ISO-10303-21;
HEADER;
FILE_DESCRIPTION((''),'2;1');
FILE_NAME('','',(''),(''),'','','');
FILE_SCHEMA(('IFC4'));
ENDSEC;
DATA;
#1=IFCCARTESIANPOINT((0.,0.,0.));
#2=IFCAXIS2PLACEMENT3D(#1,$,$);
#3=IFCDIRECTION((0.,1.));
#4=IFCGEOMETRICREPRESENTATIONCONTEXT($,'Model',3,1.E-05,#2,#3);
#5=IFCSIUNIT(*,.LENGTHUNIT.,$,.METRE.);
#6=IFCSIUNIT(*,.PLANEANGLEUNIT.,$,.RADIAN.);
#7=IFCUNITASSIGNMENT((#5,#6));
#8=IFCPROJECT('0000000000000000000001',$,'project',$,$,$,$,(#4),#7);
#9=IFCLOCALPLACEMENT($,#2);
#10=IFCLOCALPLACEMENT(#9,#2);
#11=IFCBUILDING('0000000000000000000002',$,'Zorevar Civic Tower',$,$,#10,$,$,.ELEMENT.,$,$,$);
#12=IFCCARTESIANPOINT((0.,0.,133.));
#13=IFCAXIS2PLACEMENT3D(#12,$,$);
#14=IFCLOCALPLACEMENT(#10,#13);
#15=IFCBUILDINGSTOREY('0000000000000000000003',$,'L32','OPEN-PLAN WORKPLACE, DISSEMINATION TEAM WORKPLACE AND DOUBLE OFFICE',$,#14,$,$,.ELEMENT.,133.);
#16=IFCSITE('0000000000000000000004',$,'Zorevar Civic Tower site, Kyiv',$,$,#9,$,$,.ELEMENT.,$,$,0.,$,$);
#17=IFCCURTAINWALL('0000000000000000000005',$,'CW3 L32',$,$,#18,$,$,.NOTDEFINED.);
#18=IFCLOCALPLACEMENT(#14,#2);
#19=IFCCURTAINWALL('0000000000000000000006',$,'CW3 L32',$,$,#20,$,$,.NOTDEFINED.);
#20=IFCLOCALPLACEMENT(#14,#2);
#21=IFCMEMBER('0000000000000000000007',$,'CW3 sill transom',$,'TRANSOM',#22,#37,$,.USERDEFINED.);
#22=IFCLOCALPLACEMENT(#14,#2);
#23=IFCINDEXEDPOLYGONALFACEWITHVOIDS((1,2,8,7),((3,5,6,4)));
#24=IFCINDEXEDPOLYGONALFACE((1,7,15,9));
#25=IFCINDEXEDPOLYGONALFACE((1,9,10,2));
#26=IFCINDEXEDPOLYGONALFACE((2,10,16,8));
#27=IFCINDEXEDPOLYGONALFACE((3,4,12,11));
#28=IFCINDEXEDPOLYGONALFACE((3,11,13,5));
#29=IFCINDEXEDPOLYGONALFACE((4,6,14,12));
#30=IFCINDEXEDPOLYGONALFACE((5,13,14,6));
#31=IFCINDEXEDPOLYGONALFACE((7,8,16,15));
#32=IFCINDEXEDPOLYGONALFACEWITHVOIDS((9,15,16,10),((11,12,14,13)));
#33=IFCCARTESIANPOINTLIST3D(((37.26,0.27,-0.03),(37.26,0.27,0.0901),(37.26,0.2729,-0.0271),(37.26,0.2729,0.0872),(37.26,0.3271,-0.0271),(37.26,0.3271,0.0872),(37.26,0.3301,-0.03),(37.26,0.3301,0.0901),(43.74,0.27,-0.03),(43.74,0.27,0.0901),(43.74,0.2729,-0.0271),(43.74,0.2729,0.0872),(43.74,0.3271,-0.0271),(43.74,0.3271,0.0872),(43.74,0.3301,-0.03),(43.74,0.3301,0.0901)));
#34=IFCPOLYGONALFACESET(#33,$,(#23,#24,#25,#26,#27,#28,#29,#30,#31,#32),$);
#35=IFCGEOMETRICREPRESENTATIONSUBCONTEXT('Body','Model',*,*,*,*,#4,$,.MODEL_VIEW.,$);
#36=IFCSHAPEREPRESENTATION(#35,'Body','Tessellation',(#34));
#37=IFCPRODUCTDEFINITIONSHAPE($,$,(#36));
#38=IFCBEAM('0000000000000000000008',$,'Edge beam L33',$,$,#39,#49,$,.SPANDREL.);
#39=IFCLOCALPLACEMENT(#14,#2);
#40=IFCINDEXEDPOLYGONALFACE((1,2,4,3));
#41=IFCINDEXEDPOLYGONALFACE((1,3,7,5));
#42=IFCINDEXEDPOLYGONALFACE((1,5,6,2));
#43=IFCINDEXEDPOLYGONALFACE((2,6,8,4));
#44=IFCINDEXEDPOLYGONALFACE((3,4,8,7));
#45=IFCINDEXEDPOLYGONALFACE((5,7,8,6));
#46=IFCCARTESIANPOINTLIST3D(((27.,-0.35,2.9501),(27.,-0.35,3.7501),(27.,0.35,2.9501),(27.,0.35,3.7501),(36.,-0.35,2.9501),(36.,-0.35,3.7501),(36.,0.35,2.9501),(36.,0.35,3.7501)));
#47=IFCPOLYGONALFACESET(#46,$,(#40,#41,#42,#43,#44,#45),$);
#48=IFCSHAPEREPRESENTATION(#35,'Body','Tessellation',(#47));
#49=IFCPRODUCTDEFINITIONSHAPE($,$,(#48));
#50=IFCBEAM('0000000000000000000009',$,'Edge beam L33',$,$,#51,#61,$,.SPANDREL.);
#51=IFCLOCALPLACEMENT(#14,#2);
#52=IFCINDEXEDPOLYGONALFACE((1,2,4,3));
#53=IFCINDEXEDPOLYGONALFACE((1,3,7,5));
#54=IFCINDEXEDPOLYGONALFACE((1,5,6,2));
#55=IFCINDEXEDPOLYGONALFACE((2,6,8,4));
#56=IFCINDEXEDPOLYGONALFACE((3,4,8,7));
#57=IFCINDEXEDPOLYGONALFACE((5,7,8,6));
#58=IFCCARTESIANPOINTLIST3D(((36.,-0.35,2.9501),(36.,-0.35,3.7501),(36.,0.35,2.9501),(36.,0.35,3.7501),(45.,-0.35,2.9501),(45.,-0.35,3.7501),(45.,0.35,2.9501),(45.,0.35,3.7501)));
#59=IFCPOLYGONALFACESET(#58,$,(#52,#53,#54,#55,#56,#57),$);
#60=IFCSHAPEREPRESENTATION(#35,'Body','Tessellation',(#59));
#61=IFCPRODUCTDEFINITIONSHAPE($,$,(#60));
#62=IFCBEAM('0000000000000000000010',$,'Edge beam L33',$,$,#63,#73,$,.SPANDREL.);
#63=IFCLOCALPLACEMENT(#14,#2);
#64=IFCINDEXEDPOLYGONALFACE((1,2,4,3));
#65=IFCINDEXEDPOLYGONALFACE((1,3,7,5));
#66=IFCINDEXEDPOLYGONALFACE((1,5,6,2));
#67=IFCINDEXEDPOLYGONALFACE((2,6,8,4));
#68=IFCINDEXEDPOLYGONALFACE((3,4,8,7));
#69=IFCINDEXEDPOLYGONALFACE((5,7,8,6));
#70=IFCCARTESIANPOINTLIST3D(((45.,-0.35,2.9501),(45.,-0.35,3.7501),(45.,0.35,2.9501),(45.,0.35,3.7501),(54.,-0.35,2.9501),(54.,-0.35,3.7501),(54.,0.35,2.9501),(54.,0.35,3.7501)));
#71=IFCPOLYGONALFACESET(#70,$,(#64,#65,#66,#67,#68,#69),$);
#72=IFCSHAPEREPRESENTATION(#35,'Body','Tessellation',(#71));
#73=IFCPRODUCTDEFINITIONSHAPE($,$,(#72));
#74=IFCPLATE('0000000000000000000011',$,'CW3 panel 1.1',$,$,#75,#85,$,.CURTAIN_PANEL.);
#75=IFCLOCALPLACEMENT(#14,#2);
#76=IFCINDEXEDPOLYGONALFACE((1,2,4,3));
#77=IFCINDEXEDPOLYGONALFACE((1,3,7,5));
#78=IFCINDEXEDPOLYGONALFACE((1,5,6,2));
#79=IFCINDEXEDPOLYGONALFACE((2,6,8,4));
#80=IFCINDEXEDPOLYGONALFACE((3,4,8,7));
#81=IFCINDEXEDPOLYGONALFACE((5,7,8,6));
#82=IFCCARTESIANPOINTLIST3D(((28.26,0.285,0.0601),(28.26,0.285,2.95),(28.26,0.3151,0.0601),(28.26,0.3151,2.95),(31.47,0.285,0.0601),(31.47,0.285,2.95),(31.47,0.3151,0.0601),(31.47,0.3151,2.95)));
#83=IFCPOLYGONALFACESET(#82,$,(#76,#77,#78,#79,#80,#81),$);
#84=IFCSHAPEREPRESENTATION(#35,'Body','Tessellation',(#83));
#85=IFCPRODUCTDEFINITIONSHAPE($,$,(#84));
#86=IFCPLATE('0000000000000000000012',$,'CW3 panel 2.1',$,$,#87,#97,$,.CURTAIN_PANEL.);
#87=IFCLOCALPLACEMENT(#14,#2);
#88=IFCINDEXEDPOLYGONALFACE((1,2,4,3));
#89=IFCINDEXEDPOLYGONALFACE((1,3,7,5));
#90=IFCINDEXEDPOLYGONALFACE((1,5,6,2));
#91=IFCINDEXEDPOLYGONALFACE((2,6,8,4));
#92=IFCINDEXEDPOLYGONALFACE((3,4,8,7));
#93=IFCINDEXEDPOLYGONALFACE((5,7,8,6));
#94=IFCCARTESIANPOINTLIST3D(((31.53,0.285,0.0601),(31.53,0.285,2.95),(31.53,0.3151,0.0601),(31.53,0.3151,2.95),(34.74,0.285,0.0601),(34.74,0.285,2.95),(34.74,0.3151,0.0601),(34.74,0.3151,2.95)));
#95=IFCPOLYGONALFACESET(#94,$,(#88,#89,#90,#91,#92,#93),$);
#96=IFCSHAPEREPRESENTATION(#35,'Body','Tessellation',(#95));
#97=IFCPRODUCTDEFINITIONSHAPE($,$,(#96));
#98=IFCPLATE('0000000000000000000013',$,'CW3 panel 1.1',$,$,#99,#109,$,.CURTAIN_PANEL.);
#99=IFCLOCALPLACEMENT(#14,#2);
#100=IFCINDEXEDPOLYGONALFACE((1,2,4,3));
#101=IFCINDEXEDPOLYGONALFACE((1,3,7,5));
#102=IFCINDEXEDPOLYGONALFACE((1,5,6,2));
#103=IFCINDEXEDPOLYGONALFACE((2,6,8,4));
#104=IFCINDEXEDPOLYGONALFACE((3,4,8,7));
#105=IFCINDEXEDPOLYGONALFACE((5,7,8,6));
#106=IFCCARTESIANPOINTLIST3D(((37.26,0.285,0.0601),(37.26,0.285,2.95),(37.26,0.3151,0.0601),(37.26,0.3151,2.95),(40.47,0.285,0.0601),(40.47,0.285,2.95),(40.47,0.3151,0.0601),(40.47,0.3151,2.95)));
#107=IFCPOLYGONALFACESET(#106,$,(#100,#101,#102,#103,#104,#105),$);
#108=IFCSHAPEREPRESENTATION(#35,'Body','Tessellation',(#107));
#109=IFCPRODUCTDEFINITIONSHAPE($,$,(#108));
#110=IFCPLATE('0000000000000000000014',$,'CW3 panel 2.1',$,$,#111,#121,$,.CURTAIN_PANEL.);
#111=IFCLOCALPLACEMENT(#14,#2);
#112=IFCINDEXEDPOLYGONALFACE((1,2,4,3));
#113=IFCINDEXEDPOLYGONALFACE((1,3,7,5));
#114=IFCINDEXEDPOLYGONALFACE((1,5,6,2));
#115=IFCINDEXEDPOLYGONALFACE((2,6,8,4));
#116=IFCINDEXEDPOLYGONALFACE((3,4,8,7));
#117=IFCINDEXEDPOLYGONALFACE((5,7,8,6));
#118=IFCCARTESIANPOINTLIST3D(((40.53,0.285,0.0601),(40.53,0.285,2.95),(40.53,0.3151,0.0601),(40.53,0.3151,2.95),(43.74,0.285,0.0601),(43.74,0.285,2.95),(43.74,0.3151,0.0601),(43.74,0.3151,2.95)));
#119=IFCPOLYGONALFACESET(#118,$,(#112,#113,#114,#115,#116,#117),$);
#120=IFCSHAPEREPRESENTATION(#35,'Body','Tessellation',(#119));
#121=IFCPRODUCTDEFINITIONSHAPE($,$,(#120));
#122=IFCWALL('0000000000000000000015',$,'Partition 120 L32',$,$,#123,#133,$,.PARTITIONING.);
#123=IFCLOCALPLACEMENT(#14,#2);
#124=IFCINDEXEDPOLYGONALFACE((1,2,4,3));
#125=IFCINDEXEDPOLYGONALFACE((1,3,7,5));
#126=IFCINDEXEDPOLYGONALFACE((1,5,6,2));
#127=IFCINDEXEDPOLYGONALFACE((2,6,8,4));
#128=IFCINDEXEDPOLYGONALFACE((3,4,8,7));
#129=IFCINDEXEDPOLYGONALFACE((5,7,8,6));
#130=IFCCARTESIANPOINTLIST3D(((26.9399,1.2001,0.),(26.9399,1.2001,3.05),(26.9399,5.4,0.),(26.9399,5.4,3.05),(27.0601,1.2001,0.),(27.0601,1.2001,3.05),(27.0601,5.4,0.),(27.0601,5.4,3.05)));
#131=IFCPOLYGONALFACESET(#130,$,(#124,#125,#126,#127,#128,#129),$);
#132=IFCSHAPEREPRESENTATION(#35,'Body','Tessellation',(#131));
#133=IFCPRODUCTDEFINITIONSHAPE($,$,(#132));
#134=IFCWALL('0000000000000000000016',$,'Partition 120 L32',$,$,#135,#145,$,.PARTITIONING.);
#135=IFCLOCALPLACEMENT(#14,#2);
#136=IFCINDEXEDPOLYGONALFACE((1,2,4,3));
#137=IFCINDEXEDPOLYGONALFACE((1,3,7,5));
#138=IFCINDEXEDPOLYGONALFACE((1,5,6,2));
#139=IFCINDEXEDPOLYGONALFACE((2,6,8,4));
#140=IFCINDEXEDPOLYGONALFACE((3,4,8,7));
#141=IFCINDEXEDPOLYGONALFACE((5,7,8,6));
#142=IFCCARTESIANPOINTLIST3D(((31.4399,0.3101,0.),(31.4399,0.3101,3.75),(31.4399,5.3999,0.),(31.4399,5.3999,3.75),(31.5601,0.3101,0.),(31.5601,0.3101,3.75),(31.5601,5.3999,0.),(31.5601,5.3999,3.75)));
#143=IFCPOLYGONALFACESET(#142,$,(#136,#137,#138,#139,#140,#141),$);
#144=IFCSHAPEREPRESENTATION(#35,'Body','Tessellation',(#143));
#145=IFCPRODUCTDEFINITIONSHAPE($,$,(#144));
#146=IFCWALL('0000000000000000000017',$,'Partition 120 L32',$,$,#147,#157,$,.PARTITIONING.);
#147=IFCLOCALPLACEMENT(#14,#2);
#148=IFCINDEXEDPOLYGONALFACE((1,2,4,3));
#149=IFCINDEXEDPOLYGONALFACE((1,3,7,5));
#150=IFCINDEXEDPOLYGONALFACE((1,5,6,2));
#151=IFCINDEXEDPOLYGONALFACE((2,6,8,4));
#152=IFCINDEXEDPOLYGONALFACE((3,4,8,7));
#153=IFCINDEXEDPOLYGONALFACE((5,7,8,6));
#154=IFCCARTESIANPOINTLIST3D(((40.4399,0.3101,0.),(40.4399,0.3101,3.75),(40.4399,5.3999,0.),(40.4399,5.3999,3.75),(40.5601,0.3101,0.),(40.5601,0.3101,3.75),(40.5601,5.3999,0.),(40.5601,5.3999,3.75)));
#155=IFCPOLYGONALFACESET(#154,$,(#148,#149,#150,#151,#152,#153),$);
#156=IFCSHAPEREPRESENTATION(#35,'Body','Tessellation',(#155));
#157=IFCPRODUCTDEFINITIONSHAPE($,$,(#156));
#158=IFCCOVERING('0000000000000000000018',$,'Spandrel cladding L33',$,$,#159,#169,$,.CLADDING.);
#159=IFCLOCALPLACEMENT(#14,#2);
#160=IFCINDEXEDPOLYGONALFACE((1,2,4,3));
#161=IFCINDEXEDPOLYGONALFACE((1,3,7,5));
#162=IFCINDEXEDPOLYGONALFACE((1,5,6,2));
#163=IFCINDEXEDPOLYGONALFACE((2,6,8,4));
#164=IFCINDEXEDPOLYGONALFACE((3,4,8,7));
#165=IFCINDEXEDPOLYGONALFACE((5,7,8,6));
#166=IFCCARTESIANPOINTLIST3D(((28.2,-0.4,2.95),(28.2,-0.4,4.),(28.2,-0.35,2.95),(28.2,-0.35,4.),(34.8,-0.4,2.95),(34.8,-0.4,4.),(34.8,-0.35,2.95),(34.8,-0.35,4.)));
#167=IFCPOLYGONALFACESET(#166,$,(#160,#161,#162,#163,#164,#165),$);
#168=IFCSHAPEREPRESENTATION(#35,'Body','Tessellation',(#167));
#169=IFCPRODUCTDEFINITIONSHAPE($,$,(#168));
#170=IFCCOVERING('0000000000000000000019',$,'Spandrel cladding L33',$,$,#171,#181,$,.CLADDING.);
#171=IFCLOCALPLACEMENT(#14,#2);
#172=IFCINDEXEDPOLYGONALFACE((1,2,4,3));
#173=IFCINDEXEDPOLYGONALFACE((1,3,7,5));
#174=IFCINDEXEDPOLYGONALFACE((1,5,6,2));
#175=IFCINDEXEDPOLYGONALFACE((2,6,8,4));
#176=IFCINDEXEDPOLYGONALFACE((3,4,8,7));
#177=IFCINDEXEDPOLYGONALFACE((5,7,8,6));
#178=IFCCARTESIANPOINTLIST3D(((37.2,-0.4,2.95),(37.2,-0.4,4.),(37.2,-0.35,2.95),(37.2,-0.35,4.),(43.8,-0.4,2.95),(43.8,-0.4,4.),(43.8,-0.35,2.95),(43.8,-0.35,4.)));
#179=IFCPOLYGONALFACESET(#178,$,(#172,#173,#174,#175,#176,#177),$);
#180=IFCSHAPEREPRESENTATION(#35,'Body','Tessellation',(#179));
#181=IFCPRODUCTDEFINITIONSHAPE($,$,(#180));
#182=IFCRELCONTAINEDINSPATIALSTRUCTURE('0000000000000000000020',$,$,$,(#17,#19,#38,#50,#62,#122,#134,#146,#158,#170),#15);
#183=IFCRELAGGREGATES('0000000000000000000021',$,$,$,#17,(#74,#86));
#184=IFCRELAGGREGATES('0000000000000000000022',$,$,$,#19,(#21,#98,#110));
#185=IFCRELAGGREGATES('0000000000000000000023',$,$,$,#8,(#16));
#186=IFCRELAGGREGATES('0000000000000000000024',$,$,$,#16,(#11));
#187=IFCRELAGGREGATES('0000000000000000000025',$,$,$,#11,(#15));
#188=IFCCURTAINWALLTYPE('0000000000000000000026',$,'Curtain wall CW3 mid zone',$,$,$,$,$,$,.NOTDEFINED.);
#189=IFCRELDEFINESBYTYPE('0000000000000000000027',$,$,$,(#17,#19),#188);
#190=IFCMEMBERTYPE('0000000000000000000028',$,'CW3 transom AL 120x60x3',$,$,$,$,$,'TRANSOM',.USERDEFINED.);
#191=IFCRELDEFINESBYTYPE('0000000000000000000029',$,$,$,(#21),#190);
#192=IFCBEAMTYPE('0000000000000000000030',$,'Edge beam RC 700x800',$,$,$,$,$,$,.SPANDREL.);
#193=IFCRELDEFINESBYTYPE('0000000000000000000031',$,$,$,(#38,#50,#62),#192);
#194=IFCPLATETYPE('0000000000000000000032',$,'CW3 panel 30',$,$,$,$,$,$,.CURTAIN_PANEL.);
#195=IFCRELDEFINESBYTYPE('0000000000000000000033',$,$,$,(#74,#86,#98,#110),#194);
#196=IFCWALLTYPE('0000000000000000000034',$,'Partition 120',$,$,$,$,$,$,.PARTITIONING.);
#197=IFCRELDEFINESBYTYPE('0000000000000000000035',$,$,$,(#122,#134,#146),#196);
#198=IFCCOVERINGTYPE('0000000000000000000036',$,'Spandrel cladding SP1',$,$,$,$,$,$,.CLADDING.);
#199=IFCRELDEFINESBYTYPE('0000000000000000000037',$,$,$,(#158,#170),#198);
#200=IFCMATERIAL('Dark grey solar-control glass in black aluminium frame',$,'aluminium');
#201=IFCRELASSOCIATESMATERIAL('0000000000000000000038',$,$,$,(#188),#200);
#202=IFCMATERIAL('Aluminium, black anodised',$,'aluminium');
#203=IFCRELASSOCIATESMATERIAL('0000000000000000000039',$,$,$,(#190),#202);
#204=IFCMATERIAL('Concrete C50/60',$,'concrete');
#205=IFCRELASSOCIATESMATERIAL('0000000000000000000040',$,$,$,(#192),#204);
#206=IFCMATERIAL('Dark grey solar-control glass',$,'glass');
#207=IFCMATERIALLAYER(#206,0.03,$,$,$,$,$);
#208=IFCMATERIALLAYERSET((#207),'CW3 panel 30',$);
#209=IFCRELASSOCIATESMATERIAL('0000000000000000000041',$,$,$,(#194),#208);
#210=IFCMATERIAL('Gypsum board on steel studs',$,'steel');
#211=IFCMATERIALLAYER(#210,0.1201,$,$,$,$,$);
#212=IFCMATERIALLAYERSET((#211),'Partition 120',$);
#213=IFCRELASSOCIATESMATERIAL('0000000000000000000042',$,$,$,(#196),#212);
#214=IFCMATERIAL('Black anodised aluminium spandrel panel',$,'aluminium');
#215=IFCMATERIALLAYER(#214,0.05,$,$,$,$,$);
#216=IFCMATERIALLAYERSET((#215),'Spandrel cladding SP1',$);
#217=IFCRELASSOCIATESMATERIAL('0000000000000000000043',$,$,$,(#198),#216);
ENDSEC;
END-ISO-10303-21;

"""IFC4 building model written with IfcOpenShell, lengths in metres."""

from ifc_helpers import new_model, si_unit, direction, frame, frame_2d, origin, origin_2d, place, context, subcontext, project, spatial, rectangle, hollow_rectangle, extrude, material, layer, layer_set, material_profile, profile_set, type_object, element, aggregate, save


model = new_model("IFC4")

# Units and contexts
model_context = context("Model", 3, precision=1e-05, world=origin(), true_north=direction((0.0, 1.0)))
body_context = subcontext(model_context, "Body", "Model", "MODEL_VIEW")
ifc_project = project(units=[si_unit("LENGTHUNIT", "METRE"), si_unit("PLANEANGLEUNIT", "RADIAN")], contexts=[model_context])

# Site, building, storey
site_placement = place(None, origin())
site = spatial("IfcSite", under=ifc_project, at=site_placement, Name="Zorevar Civic Tower site, Kyiv", CompositionType="ELEMENT", RefElevation=0.0)
building_placement = place(site_placement, origin())
building = spatial("IfcBuilding", under=site, at=building_placement, Name="Zorevar Civic Tower", CompositionType="ELEMENT")
storey_placement = place(building_placement, frame((0.0, 0.0, 133.0)))
storey = spatial("IfcBuildingStorey", under=building, at=storey_placement, Name="L32", Description="OPEN-PLAN WORKPLACE, DISSEMINATION TEAM WORKPLACE AND DOUBLE OFFICE", CompositionType="ELEMENT", Elevation=133.0)

# Curtain walls
ifc_material_1 = material(Name="Dark grey solar-control glass in black aluminium frame", Category="aluminium")
curtain_wall_type = type_object("IfcCurtainWallType", Name="Curtain wall CW3 mid zone", PredefinedType="NOTDEFINED", material=ifc_material_1)
curtain_wall_1_placement = place(storey_placement, origin())
curtain_wall_1 = element("IfcCurtainWall", 1, at=curtain_wall_1_placement, inside=storey, type_object=curtain_wall_type, Name="CW3 L32", PredefinedType="NOTDEFINED")
curtain_wall_2_placement = place(storey_placement, origin())
curtain_wall_2 = element("IfcCurtainWall", 2, at=curtain_wall_2_placement, inside=storey, type_object=curtain_wall_type, Name="CW3 L32", PredefinedType="NOTDEFINED")

# Member
ifc_material_2 = material(Name="Aluminium, black anodised", Category="aluminium")
ifc_material_profile_1 = material_profile(ifc_material_2, hollow_rectangle(XDim=0.0601, YDim=0.1201, WallThickness=0.0029, at=origin_2d()), Name="AL 120x60x3")
ifc_profile_set_1 = profile_set([ifc_material_profile_1], Name="Aluminium, black anodised")
member_type_1 = type_object("IfcMemberType", Name="CW3 transom AL 120x60x3", ElementType="TRANSOM", PredefinedType="USERDEFINED", material=ifc_profile_set_1)
member_1_placement = place(storey_placement, frame((37.26, 0.3, 0.03), z_axis=(1.0, 0.0, 0.0), x_axis=(0.0, 1.0, 0.0)))
member_1 = element("IfcMember", 3, at=member_1_placement, type_object=member_type_1, Name="CW3 sill transom", ObjectType="TRANSOM", PredefinedType="USERDEFINED", context=body_context, shape_type="SweptSolid", body=[
    extrude(hollow_rectangle(XDim=0.0601, YDim=0.1201, WallThickness=0.0029, at=origin_2d()), origin(), (0.0, 0.0, 1.0), 6.48),
])

# Beams
ifc_material_3 = material(Name="Concrete C50/60", Category="concrete")
ifc_material_profile_2 = material_profile(ifc_material_3, rectangle(XDim=0.7, YDim=0.8, at=origin_2d()), Name="RC 700x800")
ifc_profile_set_2 = profile_set([ifc_material_profile_2], Name="Concrete C50/60")
beam_type_1 = type_object("IfcBeamType", Name="Edge beam RC 700x800", PredefinedType="SPANDREL", material=ifc_profile_set_2)
for number, where, z_axis, x_axis, name in (
    (4, (27.0, 0.0, 3.3501), (1.0, 0.0, 0.0), (0.0, 1.0, 0.0), "Edge beam L33"),
    (5, (36.0, 0.0, 3.3501), (1.0, 0.0, 0.0), (0.0, 1.0, 0.0), "Edge beam L33"),
    (6, (45.0, 0.0, 3.3501), (1.0, 0.0, 0.0), (0.0, 1.0, 0.0), "Edge beam L33"),
):
    element("IfcBeam", number, at=place(storey_placement, frame(where, z_axis=z_axis, x_axis=x_axis)), inside=storey, type_object=beam_type_1, Name=name, PredefinedType="SPANDREL", context=body_context, shape_type="SweptSolid", body=[
        extrude(rectangle(XDim=0.7, YDim=0.8, at=origin_2d()), origin(), (0.0, 0.0, 1.0), 9.0),
    ])

# Plates
ifc_material_4 = material(Name="Dark grey solar-control glass", Category="glass")
ifc_layer_1 = layer(ifc_material_4, 0.03)
ifc_layer_set_1 = layer_set([ifc_layer_1], Name="CW3 panel 30")
plate_type = type_object("IfcPlateType", Name="CW3 panel 30", PredefinedType="CURTAIN_PANEL", material=ifc_layer_set_1)
plate_1_placement = place(storey_placement, frame((29.865, 0.3, 0.0601), z_axis=(0.0, 0.0, 1.0), x_axis=(1.0, 0.0, 0.0)))
plate_1 = element("IfcPlate", 7, at=plate_1_placement, type_object=plate_type, Name="CW3 panel 1.1", PredefinedType="CURTAIN_PANEL", context=body_context, shape_type="SweptSolid", body=[
    extrude(rectangle(XDim=3.21, YDim=0.03, at=origin_2d()), origin(), (0.0, 0.0, 1.0), 2.8899),
])
plate_2_placement = place(storey_placement, frame((33.135, 0.3, 0.0601), z_axis=(0.0, 0.0, 1.0), x_axis=(1.0, 0.0, 0.0)))
plate_2 = element("IfcPlate", 8, at=plate_2_placement, type_object=plate_type, Name="CW3 panel 2.1", PredefinedType="CURTAIN_PANEL", context=body_context, shape_type="SweptSolid", body=[
    extrude(rectangle(XDim=3.21, YDim=0.03, at=origin_2d()), origin(), (0.0, 0.0, 1.0), 2.8899),
])
aggregate(curtain_wall_1, [plate_1, plate_2])
plate_3_placement = place(storey_placement, frame((38.865, 0.3, 0.0601), z_axis=(0.0, 0.0, 1.0), x_axis=(1.0, 0.0, 0.0)))
plate_3 = element("IfcPlate", 9, at=plate_3_placement, type_object=plate_type, Name="CW3 panel 1.1", PredefinedType="CURTAIN_PANEL", context=body_context, shape_type="SweptSolid", body=[
    extrude(rectangle(XDim=3.21, YDim=0.03, at=origin_2d()), origin(), (0.0, 0.0, 1.0), 2.8899),
])
plate_4_placement = place(storey_placement, frame((42.135, 0.3, 0.0601), z_axis=(0.0, 0.0, 1.0), x_axis=(1.0, 0.0, 0.0)))
plate_4 = element("IfcPlate", 10, at=plate_4_placement, type_object=plate_type, Name="CW3 panel 2.1", PredefinedType="CURTAIN_PANEL", context=body_context, shape_type="SweptSolid", body=[
    extrude(rectangle(XDim=3.21, YDim=0.03, at=origin_2d()), origin(), (0.0, 0.0, 1.0), 2.8899),
])
aggregate(curtain_wall_2, [member_1, plate_3, plate_4])

# Walls
ifc_material_5 = material(Name="Gypsum board on steel studs", Category="steel")
ifc_layer_2 = layer(ifc_material_5, 0.1201)
ifc_layer_set_2 = layer_set([ifc_layer_2], Name="Partition 120")
wall_type = type_object("IfcWallType", Name="Partition 120", PredefinedType="PARTITIONING", material=ifc_layer_set_2)
wall_placement = place(storey_placement, frame((27.0, 1.2, 0.0), z_axis=(0.0, 0.0, 1.0), x_axis=(0.0, 1.0, 0.0)))
element("IfcWall", 11, at=wall_placement, inside=storey, type_object=wall_type, Name="Partition 120 L32", PredefinedType="PARTITIONING", context=body_context, shape_type="SweptSolid", body=[
    extrude(rectangle(XDim=4.2, YDim=0.1201, at=frame_2d((2.1001, 0.0))), origin(), (0.0, 0.0, 1.0), 3.05),
])
for number, where, z_axis, x_axis, name in (
    (12, (31.5, 0.3101, 0.0), (0.0, 0.0, 1.0), (0.0, 1.0, 0.0), "Partition 120 L32"),
    (13, (40.5, 0.3101, 0.0), (0.0, 0.0, 1.0), (0.0, 1.0, 0.0), "Partition 120 L32"),
):
    element("IfcWall", number, at=place(storey_placement, frame(where, z_axis=z_axis, x_axis=x_axis)), inside=storey, type_object=wall_type, Name=name, PredefinedType="PARTITIONING", context=body_context, shape_type="SweptSolid", body=[
        extrude(rectangle(XDim=5.0898, YDim=0.1201, at=frame_2d((2.5449, 0.0))), origin(), (0.0, 0.0, 1.0), 3.75),
    ])

# Coverings
ifc_material_6 = material(Name="Black anodised aluminium spandrel panel", Category="aluminium")
ifc_layer_3 = layer(ifc_material_6, 0.05)
ifc_layer_set_3 = layer_set([ifc_layer_3], Name="Spandrel cladding SP1")
covering_type = type_object("IfcCoveringType", Name="Spandrel cladding SP1", PredefinedType="CLADDING", material=ifc_layer_set_3)
for number, where, z_axis, x_axis, name in (
    (14, (28.2, -0.375, 2.95), (0.0, 0.0, 1.0), (1.0, 0.0, 0.0), "Spandrel cladding L33"),
    (15, (37.2, -0.375, 2.95), (0.0, 0.0, 1.0), (1.0, 0.0, 0.0), "Spandrel cladding L33"),
):
    element("IfcCovering", number, at=place(storey_placement, frame(where, z_axis=z_axis, x_axis=x_axis)), inside=storey, type_object=covering_type, Name=name, PredefinedType="CLADDING", context=body_context, shape_type="SweptSolid", body=[
        extrude(rectangle(XDim=6.6001, YDim=0.05, at=frame_2d((3.3, 0.0))), origin(), (0.0, 0.0, 1.0), 1.05),
    ])

save(model, "model.ifc")
